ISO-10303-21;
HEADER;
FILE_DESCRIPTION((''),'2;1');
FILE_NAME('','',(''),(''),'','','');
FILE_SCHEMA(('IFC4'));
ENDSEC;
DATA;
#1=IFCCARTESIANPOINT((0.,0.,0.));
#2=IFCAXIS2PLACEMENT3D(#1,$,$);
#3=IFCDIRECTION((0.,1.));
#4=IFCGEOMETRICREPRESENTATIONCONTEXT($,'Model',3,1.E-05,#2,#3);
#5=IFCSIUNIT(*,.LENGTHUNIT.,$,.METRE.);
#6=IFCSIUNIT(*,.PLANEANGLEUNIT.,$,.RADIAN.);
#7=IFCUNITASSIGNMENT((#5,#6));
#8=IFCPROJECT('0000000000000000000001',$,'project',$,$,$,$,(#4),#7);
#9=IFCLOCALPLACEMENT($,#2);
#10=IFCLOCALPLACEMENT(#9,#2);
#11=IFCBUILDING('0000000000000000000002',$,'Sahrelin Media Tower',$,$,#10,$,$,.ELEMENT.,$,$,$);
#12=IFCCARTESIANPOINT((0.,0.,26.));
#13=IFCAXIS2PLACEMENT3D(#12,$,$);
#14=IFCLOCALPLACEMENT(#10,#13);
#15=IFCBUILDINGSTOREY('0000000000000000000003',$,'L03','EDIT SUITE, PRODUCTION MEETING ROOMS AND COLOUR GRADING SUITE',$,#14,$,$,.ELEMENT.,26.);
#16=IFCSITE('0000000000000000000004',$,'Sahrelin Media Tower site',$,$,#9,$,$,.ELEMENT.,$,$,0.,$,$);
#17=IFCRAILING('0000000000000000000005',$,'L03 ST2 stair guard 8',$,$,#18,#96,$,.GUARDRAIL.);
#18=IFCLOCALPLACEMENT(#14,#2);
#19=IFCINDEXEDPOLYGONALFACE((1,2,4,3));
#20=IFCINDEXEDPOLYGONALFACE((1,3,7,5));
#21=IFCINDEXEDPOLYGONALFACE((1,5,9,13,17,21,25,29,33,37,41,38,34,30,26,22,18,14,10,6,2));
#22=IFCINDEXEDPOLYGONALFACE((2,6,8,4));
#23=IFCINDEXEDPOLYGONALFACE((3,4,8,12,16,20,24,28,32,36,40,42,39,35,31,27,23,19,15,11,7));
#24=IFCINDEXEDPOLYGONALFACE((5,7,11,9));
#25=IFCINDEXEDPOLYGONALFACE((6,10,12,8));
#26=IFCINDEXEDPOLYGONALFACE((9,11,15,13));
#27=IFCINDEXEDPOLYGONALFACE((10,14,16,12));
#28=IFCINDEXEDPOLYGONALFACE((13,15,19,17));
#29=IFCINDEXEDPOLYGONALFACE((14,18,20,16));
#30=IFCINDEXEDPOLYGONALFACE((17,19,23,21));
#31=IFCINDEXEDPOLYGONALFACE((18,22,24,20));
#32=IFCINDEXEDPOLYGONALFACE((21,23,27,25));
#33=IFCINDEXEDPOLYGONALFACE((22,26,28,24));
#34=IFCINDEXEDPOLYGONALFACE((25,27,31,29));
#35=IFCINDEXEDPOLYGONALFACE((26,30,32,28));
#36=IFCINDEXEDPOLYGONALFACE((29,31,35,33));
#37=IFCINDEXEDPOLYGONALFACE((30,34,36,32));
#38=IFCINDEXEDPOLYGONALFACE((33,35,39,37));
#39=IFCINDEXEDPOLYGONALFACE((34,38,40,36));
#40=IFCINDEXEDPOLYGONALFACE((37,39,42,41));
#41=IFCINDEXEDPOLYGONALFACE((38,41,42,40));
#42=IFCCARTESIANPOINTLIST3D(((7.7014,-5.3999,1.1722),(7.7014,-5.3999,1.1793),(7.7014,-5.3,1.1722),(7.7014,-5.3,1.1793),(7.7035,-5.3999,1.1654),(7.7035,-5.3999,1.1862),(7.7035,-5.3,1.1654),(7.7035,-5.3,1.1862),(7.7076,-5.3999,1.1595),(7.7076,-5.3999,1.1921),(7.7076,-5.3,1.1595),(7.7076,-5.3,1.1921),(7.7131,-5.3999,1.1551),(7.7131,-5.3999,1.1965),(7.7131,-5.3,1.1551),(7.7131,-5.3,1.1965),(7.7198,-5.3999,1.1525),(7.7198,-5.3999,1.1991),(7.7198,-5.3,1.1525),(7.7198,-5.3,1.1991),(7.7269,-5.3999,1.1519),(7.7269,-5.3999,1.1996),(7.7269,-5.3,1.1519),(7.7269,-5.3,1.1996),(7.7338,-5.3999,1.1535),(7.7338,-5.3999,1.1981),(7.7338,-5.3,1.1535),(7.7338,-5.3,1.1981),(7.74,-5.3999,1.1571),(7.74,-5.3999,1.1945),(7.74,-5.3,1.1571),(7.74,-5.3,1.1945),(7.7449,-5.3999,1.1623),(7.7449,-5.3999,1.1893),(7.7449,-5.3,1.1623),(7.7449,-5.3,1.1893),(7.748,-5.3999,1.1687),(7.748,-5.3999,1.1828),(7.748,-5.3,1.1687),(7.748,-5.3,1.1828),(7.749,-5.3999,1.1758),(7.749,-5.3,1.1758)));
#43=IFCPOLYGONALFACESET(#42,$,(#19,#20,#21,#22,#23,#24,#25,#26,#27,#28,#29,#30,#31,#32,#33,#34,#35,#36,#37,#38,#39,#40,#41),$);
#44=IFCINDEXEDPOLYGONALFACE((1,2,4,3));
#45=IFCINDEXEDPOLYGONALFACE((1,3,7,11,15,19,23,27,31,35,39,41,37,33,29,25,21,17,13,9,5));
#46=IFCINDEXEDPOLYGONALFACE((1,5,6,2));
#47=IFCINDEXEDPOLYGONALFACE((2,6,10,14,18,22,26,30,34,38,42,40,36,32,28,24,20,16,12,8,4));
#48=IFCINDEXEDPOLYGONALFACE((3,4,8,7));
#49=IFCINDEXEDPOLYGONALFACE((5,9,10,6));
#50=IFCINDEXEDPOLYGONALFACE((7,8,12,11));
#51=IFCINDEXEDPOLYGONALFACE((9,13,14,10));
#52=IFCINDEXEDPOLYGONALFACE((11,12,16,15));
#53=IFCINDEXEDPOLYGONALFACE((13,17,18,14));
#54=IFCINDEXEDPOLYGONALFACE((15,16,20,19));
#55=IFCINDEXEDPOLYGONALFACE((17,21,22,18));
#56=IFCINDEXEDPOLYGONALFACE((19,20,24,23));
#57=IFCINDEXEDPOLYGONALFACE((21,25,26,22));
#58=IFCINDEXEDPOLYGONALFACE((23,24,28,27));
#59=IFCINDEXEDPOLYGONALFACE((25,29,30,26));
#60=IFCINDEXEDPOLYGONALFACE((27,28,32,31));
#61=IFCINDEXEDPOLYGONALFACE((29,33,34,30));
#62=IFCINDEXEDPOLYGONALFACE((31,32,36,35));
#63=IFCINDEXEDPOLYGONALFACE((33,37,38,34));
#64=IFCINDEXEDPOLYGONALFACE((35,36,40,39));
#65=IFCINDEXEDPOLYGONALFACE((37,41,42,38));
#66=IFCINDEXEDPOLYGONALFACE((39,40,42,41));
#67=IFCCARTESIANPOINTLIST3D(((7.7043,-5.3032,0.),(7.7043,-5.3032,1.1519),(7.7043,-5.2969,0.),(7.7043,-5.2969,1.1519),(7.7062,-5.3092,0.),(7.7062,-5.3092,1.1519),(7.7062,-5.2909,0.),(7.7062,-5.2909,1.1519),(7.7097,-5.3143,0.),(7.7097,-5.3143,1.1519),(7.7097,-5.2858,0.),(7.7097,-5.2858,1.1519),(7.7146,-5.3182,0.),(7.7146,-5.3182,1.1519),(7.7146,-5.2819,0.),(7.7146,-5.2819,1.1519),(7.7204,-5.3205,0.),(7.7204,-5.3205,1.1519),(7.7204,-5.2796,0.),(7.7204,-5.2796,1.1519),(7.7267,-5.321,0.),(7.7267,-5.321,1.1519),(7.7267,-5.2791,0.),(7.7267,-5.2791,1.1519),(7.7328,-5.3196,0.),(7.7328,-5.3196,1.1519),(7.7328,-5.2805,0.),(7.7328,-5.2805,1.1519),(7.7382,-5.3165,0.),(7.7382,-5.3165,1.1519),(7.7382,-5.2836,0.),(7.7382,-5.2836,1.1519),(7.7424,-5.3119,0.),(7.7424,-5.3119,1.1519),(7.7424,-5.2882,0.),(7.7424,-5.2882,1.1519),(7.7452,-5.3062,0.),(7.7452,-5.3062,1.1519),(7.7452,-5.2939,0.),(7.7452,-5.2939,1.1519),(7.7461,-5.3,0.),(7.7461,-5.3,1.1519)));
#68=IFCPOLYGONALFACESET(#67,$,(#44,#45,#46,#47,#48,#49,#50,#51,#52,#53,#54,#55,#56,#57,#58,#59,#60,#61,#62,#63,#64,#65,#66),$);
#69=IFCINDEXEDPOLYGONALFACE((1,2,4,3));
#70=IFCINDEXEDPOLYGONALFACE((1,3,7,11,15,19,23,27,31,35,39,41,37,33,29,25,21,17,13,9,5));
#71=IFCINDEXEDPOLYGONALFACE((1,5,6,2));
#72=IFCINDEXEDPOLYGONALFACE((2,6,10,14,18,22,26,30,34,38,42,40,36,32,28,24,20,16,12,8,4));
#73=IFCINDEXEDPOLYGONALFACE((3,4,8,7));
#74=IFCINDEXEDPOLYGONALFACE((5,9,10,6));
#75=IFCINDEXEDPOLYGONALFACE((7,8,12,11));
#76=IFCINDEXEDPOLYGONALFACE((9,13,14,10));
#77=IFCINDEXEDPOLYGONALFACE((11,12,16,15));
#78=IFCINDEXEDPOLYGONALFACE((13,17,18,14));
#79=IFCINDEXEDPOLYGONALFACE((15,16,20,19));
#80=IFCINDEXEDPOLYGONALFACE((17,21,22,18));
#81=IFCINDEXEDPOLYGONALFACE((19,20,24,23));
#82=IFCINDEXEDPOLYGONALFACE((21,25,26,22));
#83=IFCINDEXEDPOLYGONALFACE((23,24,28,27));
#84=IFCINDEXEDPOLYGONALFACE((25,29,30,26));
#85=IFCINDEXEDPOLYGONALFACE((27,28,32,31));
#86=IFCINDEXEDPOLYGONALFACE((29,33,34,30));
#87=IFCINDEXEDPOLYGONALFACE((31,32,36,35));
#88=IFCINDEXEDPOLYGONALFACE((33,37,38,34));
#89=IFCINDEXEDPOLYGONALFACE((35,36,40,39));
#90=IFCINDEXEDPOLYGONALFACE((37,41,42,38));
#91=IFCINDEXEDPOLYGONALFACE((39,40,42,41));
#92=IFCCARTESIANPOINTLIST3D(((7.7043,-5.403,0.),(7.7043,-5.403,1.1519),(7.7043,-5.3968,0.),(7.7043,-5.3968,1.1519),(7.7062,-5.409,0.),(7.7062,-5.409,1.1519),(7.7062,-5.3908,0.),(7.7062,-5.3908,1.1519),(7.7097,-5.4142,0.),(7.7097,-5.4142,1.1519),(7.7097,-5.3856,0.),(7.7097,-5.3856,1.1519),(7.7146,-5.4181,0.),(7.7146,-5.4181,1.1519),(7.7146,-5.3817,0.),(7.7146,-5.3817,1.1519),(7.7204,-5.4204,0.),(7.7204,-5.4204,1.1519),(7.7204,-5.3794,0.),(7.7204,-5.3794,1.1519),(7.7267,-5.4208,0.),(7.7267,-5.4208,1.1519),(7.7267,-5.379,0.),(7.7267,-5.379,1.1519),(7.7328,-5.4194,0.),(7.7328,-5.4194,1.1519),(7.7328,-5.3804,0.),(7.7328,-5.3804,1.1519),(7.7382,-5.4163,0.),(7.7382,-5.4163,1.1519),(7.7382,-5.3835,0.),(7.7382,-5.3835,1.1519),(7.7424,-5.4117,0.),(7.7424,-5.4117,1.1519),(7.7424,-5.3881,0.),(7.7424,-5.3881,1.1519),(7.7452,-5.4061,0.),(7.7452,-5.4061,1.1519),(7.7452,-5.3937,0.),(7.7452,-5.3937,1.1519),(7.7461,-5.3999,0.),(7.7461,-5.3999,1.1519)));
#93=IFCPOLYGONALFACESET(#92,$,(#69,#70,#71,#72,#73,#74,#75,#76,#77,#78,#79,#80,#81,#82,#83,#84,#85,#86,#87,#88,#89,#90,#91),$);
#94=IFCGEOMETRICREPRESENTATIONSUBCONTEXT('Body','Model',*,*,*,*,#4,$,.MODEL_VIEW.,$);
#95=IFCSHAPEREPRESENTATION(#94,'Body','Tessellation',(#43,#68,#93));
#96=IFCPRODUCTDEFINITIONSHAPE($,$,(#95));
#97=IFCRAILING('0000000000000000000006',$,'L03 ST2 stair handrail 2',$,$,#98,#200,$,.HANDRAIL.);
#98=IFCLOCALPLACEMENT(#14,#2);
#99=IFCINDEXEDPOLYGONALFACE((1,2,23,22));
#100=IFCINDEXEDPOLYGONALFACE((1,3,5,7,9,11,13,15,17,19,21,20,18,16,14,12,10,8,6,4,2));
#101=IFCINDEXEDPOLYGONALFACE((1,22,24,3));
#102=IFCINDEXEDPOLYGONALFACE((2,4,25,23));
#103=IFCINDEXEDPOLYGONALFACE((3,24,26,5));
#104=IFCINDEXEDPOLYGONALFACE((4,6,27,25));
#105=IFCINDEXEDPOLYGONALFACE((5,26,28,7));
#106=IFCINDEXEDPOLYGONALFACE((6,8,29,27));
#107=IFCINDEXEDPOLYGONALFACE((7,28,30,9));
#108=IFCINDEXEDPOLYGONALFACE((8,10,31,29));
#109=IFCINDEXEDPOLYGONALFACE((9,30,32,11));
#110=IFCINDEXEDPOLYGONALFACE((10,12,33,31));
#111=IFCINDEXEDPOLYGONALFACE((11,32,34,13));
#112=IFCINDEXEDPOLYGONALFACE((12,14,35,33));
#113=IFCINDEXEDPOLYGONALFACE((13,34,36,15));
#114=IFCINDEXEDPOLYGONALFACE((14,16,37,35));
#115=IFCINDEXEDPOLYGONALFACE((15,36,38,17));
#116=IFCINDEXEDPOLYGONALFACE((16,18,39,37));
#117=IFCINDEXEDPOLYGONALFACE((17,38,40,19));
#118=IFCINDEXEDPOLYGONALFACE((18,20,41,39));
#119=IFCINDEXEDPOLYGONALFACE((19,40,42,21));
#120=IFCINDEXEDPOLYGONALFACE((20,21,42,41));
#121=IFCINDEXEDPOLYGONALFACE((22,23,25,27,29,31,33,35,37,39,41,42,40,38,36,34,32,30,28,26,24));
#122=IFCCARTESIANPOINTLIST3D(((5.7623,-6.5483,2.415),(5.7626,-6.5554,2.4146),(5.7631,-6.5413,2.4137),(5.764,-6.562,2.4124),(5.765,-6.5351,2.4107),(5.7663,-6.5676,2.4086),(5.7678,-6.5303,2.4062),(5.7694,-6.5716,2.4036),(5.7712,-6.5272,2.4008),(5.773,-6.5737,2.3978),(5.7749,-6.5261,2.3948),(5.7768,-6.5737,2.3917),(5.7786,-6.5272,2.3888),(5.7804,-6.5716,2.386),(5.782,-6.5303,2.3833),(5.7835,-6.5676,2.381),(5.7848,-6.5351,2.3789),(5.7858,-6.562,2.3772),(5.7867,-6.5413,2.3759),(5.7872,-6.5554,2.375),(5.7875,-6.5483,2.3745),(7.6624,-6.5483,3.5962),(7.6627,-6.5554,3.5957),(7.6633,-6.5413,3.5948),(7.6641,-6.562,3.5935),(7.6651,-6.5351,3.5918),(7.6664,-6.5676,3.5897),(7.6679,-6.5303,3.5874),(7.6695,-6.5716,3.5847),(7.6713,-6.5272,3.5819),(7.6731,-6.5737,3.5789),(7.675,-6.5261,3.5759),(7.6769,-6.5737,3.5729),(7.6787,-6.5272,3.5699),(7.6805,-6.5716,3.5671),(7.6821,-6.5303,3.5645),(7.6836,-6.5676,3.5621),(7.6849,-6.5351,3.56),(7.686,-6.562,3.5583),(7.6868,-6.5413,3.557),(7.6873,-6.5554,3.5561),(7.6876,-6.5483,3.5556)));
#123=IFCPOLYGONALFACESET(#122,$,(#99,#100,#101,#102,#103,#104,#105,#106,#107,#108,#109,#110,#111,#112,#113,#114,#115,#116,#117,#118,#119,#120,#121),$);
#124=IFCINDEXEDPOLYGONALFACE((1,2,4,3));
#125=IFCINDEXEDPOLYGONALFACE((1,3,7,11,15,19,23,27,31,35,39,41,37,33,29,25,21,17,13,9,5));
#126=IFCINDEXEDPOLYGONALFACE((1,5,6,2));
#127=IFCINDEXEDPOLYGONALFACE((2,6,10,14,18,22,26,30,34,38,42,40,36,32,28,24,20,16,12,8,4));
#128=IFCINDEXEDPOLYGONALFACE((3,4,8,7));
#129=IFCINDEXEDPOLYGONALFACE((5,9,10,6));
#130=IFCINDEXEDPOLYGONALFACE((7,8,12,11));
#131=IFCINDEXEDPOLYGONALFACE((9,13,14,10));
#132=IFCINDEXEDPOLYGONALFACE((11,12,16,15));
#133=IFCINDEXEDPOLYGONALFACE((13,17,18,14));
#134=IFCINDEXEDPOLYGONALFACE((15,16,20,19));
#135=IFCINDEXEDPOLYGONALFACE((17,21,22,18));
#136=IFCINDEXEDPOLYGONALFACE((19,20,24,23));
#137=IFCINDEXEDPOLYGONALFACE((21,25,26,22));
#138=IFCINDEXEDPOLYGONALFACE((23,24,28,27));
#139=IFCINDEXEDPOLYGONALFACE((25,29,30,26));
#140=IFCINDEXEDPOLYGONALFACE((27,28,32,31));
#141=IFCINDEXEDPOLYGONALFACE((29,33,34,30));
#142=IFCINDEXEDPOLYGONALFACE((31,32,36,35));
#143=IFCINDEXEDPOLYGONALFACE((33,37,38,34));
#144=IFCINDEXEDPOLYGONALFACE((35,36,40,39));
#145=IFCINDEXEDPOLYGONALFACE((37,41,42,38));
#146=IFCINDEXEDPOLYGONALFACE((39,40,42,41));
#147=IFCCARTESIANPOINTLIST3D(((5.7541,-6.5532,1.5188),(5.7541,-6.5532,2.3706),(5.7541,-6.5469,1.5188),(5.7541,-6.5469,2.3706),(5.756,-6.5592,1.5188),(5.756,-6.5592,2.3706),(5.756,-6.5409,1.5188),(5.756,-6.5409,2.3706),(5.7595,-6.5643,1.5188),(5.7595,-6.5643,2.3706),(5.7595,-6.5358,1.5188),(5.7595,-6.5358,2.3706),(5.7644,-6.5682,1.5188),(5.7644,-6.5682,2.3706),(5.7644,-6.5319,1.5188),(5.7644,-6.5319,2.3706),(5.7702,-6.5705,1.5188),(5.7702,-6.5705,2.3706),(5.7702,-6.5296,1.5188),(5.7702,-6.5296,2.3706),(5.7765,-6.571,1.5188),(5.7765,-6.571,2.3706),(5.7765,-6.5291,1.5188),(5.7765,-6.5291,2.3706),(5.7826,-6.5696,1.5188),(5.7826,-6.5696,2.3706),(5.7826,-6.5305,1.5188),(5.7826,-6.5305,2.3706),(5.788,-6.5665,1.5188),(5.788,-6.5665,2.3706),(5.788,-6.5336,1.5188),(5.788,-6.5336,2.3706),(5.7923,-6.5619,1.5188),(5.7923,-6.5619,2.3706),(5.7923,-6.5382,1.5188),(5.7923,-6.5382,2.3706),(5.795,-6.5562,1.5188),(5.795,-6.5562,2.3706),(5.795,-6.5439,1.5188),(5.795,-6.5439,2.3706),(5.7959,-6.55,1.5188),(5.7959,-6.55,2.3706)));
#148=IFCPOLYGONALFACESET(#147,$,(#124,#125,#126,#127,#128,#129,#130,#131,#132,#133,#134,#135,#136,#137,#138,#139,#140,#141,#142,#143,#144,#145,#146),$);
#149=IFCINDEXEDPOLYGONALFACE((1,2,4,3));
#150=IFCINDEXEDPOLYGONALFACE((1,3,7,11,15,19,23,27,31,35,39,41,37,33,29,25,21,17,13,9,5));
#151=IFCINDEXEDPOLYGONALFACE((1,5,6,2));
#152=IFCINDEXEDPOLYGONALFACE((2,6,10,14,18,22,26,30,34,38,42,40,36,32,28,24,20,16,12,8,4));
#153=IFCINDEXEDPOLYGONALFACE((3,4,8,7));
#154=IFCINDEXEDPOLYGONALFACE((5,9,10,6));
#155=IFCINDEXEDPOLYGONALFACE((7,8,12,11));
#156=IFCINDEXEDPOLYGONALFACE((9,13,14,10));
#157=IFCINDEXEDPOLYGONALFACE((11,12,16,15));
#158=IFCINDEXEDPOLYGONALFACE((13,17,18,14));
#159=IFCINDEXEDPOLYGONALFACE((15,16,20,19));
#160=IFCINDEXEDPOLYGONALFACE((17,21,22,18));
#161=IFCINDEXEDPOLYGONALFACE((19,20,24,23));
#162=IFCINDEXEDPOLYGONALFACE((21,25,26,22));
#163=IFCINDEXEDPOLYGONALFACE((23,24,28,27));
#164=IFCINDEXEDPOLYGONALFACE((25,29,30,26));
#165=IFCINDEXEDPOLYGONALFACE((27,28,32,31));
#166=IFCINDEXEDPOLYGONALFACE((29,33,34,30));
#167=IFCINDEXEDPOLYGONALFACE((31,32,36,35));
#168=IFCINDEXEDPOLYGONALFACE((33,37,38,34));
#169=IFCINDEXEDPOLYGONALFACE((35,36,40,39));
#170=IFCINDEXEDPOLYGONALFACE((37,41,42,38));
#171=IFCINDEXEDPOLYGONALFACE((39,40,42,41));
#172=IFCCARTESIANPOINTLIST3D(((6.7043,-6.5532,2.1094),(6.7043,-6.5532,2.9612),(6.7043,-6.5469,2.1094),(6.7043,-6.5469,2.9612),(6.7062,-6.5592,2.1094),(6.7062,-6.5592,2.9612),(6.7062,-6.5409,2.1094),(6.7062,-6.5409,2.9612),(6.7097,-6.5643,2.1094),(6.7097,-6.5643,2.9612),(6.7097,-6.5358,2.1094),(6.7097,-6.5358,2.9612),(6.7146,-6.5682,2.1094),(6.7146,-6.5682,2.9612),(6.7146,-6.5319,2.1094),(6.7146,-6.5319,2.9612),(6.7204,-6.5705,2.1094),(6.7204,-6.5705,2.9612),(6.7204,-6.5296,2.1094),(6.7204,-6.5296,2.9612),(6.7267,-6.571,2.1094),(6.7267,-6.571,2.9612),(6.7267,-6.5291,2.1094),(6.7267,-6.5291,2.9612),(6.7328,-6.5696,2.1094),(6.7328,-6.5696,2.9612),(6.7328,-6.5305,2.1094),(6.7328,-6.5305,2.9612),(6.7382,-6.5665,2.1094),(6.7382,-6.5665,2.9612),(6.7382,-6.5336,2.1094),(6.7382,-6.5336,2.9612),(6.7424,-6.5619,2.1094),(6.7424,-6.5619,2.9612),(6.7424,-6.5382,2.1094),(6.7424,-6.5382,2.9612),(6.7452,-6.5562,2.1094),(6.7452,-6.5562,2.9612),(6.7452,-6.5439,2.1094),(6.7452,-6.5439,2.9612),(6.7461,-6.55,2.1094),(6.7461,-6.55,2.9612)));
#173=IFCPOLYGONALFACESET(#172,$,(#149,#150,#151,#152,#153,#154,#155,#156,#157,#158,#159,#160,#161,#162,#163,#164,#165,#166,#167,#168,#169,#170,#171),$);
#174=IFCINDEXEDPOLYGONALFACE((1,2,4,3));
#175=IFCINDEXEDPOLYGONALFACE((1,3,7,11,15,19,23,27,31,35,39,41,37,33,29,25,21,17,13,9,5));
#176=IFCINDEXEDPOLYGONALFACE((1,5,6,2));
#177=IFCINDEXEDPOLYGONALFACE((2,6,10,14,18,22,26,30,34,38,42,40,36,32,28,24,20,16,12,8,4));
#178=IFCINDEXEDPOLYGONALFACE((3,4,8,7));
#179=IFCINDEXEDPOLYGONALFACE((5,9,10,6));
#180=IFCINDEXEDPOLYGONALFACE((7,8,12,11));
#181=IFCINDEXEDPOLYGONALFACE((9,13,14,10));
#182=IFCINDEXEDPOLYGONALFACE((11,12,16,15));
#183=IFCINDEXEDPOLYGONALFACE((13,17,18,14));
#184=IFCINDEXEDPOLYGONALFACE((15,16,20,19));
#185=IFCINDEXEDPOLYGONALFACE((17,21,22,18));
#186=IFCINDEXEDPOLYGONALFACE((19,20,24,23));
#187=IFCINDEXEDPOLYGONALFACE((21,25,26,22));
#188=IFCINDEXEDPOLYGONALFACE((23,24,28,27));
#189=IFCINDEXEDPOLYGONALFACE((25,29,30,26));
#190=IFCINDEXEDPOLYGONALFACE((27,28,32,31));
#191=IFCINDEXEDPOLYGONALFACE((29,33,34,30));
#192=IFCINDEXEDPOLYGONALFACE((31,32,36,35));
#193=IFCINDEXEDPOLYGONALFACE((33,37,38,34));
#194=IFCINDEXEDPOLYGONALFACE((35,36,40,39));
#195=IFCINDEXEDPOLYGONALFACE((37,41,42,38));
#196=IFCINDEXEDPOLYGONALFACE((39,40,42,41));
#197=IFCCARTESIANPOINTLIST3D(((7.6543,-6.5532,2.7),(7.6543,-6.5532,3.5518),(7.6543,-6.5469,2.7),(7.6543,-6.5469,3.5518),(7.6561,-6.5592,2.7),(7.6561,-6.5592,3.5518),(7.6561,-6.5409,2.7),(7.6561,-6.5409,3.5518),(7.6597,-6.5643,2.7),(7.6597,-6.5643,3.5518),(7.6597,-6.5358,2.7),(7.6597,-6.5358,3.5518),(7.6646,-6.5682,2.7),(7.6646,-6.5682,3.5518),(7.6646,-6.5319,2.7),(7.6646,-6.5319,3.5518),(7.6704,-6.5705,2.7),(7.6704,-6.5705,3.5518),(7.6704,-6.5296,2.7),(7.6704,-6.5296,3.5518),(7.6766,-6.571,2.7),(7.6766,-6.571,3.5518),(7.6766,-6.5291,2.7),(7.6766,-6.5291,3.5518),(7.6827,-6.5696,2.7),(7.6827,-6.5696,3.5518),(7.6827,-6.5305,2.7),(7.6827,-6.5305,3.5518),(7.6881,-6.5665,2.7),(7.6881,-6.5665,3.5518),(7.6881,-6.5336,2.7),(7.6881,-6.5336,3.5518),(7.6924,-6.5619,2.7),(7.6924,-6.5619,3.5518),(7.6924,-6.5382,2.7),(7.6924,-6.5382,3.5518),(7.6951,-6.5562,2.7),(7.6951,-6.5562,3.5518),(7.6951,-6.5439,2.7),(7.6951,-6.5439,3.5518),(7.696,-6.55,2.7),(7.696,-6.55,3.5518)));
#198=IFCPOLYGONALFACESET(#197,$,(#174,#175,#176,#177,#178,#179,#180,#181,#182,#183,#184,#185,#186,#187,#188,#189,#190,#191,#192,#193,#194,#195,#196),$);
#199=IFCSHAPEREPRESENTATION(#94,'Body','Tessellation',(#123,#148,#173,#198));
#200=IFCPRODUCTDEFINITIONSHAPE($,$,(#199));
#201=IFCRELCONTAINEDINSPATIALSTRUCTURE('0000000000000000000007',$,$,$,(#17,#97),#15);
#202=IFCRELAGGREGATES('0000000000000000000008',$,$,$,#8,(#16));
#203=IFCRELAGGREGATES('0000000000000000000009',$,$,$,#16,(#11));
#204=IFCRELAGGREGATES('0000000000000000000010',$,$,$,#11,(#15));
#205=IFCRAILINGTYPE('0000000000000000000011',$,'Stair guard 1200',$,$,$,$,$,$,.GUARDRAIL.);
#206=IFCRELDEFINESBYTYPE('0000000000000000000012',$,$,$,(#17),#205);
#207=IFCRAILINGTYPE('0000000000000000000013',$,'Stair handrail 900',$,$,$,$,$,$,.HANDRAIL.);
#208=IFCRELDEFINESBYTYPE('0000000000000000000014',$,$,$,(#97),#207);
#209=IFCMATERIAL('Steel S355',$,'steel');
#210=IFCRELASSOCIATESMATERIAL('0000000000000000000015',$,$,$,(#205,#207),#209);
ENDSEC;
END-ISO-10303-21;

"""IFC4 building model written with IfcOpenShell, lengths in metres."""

from ifc_helpers import new_model, si_unit, direction, frame, origin, origin_2d, place, context, subcontext, project, spatial, circle, extrude, material, type_object, element, save


model = new_model("IFC4")

# Units and contexts
model_context = context("Model", 3, precision=1e-05, world=origin(), true_north=direction((0.0, 1.0)))
body_context = subcontext(model_context, "Body", "Model", "MODEL_VIEW")
ifc_project = project(units=[si_unit("LENGTHUNIT", "METRE"), si_unit("PLANEANGLEUNIT", "RADIAN")], contexts=[model_context])

# Site, building, storey
site_placement = place(None, origin())
site = spatial("IfcSite", under=ifc_project, at=site_placement, Name="Sahrelin Media Tower site", CompositionType="ELEMENT", RefElevation=0.0)
building_placement = place(site_placement, origin())
building = spatial("IfcBuilding", under=site, at=building_placement, Name="Sahrelin Media Tower", CompositionType="ELEMENT")
storey_placement = place(building_placement, frame((0.0, 0.0, 26.0)))
storey = spatial("IfcBuildingStorey", under=building, at=storey_placement, Name="L03", Description="EDIT SUITE, PRODUCTION MEETING ROOMS AND COLOUR GRADING SUITE", CompositionType="ELEMENT", Elevation=26.0)

# Shared definitions
ifc_material_1 = material(Name="Steel S355", Category="steel")

# Railings
railing_type_1 = type_object("IfcRailingType", Name="Stair guard 1200", PredefinedType="GUARDRAIL", material=ifc_material_1)
railing_1_placement = place(storey_placement, frame((7.7251, -5.3, 0.0)))
element("IfcRailing", 1, at=railing_1_placement, inside=storey, type_object=railing_type_1, Name="L03 ST2 stair guard 8", PredefinedType="GUARDRAIL", context=body_context, shape_type="SweptSolid", body=[
    extrude(circle(Radius=0.0239, at=origin_2d()), frame((0.0, 0.0, 1.1758), z_axis=(0.0, -1.0, 0.0), x_axis=(1.0, 0.0, 0.0)), (0.0, 0.0, 1.0), 0.0999),
    extrude(circle(Radius=0.021, at=origin_2d()), origin(), (0.0, 0.0, 1.0), 1.1519),
    extrude(circle(Radius=0.021, at=origin_2d()), frame((0.0, -0.0999, 0.0)), (0.0, 0.0, 1.0), 1.1519),
])
railing_type_2 = type_object("IfcRailingType", Name="Stair handrail 900", PredefinedType="HANDRAIL", material=ifc_material_1)
for number, where, name in (
    (2, (5.7749, -6.55, 1.5188), "L03 ST2 stair handrail 2"),
):
    element("IfcRailing", number, at=place(storey_placement, frame(where)), inside=storey, type_object=railing_type_2, Name=name, PredefinedType="HANDRAIL", context=body_context, shape_type="SweptSolid", body=[
        extrude(circle(Radius=0.0239, at=origin_2d()), frame((0.0, 0.0, 0.876), z_axis=(0.849289, 0.0, 0.527928), x_axis=(0.0, 1.0, 0.0)), (0.0, 0.0, 1.0), 2.2373),
        extrude(circle(Radius=0.021, at=origin_2d()), origin(), (0.0, 0.0, 1.0), 0.8518),
        extrude(circle(Radius=0.021, at=origin_2d()), frame((0.9502, 0.0, 0.5906)), (0.0, 0.0, 1.0), 0.8518),
        extrude(circle(Radius=0.021, at=origin_2d()), frame((1.9001, 0.0, 1.1812)), (0.0, 0.0, 1.0), 0.8518),
    ])

save(model, "model.ifc")
